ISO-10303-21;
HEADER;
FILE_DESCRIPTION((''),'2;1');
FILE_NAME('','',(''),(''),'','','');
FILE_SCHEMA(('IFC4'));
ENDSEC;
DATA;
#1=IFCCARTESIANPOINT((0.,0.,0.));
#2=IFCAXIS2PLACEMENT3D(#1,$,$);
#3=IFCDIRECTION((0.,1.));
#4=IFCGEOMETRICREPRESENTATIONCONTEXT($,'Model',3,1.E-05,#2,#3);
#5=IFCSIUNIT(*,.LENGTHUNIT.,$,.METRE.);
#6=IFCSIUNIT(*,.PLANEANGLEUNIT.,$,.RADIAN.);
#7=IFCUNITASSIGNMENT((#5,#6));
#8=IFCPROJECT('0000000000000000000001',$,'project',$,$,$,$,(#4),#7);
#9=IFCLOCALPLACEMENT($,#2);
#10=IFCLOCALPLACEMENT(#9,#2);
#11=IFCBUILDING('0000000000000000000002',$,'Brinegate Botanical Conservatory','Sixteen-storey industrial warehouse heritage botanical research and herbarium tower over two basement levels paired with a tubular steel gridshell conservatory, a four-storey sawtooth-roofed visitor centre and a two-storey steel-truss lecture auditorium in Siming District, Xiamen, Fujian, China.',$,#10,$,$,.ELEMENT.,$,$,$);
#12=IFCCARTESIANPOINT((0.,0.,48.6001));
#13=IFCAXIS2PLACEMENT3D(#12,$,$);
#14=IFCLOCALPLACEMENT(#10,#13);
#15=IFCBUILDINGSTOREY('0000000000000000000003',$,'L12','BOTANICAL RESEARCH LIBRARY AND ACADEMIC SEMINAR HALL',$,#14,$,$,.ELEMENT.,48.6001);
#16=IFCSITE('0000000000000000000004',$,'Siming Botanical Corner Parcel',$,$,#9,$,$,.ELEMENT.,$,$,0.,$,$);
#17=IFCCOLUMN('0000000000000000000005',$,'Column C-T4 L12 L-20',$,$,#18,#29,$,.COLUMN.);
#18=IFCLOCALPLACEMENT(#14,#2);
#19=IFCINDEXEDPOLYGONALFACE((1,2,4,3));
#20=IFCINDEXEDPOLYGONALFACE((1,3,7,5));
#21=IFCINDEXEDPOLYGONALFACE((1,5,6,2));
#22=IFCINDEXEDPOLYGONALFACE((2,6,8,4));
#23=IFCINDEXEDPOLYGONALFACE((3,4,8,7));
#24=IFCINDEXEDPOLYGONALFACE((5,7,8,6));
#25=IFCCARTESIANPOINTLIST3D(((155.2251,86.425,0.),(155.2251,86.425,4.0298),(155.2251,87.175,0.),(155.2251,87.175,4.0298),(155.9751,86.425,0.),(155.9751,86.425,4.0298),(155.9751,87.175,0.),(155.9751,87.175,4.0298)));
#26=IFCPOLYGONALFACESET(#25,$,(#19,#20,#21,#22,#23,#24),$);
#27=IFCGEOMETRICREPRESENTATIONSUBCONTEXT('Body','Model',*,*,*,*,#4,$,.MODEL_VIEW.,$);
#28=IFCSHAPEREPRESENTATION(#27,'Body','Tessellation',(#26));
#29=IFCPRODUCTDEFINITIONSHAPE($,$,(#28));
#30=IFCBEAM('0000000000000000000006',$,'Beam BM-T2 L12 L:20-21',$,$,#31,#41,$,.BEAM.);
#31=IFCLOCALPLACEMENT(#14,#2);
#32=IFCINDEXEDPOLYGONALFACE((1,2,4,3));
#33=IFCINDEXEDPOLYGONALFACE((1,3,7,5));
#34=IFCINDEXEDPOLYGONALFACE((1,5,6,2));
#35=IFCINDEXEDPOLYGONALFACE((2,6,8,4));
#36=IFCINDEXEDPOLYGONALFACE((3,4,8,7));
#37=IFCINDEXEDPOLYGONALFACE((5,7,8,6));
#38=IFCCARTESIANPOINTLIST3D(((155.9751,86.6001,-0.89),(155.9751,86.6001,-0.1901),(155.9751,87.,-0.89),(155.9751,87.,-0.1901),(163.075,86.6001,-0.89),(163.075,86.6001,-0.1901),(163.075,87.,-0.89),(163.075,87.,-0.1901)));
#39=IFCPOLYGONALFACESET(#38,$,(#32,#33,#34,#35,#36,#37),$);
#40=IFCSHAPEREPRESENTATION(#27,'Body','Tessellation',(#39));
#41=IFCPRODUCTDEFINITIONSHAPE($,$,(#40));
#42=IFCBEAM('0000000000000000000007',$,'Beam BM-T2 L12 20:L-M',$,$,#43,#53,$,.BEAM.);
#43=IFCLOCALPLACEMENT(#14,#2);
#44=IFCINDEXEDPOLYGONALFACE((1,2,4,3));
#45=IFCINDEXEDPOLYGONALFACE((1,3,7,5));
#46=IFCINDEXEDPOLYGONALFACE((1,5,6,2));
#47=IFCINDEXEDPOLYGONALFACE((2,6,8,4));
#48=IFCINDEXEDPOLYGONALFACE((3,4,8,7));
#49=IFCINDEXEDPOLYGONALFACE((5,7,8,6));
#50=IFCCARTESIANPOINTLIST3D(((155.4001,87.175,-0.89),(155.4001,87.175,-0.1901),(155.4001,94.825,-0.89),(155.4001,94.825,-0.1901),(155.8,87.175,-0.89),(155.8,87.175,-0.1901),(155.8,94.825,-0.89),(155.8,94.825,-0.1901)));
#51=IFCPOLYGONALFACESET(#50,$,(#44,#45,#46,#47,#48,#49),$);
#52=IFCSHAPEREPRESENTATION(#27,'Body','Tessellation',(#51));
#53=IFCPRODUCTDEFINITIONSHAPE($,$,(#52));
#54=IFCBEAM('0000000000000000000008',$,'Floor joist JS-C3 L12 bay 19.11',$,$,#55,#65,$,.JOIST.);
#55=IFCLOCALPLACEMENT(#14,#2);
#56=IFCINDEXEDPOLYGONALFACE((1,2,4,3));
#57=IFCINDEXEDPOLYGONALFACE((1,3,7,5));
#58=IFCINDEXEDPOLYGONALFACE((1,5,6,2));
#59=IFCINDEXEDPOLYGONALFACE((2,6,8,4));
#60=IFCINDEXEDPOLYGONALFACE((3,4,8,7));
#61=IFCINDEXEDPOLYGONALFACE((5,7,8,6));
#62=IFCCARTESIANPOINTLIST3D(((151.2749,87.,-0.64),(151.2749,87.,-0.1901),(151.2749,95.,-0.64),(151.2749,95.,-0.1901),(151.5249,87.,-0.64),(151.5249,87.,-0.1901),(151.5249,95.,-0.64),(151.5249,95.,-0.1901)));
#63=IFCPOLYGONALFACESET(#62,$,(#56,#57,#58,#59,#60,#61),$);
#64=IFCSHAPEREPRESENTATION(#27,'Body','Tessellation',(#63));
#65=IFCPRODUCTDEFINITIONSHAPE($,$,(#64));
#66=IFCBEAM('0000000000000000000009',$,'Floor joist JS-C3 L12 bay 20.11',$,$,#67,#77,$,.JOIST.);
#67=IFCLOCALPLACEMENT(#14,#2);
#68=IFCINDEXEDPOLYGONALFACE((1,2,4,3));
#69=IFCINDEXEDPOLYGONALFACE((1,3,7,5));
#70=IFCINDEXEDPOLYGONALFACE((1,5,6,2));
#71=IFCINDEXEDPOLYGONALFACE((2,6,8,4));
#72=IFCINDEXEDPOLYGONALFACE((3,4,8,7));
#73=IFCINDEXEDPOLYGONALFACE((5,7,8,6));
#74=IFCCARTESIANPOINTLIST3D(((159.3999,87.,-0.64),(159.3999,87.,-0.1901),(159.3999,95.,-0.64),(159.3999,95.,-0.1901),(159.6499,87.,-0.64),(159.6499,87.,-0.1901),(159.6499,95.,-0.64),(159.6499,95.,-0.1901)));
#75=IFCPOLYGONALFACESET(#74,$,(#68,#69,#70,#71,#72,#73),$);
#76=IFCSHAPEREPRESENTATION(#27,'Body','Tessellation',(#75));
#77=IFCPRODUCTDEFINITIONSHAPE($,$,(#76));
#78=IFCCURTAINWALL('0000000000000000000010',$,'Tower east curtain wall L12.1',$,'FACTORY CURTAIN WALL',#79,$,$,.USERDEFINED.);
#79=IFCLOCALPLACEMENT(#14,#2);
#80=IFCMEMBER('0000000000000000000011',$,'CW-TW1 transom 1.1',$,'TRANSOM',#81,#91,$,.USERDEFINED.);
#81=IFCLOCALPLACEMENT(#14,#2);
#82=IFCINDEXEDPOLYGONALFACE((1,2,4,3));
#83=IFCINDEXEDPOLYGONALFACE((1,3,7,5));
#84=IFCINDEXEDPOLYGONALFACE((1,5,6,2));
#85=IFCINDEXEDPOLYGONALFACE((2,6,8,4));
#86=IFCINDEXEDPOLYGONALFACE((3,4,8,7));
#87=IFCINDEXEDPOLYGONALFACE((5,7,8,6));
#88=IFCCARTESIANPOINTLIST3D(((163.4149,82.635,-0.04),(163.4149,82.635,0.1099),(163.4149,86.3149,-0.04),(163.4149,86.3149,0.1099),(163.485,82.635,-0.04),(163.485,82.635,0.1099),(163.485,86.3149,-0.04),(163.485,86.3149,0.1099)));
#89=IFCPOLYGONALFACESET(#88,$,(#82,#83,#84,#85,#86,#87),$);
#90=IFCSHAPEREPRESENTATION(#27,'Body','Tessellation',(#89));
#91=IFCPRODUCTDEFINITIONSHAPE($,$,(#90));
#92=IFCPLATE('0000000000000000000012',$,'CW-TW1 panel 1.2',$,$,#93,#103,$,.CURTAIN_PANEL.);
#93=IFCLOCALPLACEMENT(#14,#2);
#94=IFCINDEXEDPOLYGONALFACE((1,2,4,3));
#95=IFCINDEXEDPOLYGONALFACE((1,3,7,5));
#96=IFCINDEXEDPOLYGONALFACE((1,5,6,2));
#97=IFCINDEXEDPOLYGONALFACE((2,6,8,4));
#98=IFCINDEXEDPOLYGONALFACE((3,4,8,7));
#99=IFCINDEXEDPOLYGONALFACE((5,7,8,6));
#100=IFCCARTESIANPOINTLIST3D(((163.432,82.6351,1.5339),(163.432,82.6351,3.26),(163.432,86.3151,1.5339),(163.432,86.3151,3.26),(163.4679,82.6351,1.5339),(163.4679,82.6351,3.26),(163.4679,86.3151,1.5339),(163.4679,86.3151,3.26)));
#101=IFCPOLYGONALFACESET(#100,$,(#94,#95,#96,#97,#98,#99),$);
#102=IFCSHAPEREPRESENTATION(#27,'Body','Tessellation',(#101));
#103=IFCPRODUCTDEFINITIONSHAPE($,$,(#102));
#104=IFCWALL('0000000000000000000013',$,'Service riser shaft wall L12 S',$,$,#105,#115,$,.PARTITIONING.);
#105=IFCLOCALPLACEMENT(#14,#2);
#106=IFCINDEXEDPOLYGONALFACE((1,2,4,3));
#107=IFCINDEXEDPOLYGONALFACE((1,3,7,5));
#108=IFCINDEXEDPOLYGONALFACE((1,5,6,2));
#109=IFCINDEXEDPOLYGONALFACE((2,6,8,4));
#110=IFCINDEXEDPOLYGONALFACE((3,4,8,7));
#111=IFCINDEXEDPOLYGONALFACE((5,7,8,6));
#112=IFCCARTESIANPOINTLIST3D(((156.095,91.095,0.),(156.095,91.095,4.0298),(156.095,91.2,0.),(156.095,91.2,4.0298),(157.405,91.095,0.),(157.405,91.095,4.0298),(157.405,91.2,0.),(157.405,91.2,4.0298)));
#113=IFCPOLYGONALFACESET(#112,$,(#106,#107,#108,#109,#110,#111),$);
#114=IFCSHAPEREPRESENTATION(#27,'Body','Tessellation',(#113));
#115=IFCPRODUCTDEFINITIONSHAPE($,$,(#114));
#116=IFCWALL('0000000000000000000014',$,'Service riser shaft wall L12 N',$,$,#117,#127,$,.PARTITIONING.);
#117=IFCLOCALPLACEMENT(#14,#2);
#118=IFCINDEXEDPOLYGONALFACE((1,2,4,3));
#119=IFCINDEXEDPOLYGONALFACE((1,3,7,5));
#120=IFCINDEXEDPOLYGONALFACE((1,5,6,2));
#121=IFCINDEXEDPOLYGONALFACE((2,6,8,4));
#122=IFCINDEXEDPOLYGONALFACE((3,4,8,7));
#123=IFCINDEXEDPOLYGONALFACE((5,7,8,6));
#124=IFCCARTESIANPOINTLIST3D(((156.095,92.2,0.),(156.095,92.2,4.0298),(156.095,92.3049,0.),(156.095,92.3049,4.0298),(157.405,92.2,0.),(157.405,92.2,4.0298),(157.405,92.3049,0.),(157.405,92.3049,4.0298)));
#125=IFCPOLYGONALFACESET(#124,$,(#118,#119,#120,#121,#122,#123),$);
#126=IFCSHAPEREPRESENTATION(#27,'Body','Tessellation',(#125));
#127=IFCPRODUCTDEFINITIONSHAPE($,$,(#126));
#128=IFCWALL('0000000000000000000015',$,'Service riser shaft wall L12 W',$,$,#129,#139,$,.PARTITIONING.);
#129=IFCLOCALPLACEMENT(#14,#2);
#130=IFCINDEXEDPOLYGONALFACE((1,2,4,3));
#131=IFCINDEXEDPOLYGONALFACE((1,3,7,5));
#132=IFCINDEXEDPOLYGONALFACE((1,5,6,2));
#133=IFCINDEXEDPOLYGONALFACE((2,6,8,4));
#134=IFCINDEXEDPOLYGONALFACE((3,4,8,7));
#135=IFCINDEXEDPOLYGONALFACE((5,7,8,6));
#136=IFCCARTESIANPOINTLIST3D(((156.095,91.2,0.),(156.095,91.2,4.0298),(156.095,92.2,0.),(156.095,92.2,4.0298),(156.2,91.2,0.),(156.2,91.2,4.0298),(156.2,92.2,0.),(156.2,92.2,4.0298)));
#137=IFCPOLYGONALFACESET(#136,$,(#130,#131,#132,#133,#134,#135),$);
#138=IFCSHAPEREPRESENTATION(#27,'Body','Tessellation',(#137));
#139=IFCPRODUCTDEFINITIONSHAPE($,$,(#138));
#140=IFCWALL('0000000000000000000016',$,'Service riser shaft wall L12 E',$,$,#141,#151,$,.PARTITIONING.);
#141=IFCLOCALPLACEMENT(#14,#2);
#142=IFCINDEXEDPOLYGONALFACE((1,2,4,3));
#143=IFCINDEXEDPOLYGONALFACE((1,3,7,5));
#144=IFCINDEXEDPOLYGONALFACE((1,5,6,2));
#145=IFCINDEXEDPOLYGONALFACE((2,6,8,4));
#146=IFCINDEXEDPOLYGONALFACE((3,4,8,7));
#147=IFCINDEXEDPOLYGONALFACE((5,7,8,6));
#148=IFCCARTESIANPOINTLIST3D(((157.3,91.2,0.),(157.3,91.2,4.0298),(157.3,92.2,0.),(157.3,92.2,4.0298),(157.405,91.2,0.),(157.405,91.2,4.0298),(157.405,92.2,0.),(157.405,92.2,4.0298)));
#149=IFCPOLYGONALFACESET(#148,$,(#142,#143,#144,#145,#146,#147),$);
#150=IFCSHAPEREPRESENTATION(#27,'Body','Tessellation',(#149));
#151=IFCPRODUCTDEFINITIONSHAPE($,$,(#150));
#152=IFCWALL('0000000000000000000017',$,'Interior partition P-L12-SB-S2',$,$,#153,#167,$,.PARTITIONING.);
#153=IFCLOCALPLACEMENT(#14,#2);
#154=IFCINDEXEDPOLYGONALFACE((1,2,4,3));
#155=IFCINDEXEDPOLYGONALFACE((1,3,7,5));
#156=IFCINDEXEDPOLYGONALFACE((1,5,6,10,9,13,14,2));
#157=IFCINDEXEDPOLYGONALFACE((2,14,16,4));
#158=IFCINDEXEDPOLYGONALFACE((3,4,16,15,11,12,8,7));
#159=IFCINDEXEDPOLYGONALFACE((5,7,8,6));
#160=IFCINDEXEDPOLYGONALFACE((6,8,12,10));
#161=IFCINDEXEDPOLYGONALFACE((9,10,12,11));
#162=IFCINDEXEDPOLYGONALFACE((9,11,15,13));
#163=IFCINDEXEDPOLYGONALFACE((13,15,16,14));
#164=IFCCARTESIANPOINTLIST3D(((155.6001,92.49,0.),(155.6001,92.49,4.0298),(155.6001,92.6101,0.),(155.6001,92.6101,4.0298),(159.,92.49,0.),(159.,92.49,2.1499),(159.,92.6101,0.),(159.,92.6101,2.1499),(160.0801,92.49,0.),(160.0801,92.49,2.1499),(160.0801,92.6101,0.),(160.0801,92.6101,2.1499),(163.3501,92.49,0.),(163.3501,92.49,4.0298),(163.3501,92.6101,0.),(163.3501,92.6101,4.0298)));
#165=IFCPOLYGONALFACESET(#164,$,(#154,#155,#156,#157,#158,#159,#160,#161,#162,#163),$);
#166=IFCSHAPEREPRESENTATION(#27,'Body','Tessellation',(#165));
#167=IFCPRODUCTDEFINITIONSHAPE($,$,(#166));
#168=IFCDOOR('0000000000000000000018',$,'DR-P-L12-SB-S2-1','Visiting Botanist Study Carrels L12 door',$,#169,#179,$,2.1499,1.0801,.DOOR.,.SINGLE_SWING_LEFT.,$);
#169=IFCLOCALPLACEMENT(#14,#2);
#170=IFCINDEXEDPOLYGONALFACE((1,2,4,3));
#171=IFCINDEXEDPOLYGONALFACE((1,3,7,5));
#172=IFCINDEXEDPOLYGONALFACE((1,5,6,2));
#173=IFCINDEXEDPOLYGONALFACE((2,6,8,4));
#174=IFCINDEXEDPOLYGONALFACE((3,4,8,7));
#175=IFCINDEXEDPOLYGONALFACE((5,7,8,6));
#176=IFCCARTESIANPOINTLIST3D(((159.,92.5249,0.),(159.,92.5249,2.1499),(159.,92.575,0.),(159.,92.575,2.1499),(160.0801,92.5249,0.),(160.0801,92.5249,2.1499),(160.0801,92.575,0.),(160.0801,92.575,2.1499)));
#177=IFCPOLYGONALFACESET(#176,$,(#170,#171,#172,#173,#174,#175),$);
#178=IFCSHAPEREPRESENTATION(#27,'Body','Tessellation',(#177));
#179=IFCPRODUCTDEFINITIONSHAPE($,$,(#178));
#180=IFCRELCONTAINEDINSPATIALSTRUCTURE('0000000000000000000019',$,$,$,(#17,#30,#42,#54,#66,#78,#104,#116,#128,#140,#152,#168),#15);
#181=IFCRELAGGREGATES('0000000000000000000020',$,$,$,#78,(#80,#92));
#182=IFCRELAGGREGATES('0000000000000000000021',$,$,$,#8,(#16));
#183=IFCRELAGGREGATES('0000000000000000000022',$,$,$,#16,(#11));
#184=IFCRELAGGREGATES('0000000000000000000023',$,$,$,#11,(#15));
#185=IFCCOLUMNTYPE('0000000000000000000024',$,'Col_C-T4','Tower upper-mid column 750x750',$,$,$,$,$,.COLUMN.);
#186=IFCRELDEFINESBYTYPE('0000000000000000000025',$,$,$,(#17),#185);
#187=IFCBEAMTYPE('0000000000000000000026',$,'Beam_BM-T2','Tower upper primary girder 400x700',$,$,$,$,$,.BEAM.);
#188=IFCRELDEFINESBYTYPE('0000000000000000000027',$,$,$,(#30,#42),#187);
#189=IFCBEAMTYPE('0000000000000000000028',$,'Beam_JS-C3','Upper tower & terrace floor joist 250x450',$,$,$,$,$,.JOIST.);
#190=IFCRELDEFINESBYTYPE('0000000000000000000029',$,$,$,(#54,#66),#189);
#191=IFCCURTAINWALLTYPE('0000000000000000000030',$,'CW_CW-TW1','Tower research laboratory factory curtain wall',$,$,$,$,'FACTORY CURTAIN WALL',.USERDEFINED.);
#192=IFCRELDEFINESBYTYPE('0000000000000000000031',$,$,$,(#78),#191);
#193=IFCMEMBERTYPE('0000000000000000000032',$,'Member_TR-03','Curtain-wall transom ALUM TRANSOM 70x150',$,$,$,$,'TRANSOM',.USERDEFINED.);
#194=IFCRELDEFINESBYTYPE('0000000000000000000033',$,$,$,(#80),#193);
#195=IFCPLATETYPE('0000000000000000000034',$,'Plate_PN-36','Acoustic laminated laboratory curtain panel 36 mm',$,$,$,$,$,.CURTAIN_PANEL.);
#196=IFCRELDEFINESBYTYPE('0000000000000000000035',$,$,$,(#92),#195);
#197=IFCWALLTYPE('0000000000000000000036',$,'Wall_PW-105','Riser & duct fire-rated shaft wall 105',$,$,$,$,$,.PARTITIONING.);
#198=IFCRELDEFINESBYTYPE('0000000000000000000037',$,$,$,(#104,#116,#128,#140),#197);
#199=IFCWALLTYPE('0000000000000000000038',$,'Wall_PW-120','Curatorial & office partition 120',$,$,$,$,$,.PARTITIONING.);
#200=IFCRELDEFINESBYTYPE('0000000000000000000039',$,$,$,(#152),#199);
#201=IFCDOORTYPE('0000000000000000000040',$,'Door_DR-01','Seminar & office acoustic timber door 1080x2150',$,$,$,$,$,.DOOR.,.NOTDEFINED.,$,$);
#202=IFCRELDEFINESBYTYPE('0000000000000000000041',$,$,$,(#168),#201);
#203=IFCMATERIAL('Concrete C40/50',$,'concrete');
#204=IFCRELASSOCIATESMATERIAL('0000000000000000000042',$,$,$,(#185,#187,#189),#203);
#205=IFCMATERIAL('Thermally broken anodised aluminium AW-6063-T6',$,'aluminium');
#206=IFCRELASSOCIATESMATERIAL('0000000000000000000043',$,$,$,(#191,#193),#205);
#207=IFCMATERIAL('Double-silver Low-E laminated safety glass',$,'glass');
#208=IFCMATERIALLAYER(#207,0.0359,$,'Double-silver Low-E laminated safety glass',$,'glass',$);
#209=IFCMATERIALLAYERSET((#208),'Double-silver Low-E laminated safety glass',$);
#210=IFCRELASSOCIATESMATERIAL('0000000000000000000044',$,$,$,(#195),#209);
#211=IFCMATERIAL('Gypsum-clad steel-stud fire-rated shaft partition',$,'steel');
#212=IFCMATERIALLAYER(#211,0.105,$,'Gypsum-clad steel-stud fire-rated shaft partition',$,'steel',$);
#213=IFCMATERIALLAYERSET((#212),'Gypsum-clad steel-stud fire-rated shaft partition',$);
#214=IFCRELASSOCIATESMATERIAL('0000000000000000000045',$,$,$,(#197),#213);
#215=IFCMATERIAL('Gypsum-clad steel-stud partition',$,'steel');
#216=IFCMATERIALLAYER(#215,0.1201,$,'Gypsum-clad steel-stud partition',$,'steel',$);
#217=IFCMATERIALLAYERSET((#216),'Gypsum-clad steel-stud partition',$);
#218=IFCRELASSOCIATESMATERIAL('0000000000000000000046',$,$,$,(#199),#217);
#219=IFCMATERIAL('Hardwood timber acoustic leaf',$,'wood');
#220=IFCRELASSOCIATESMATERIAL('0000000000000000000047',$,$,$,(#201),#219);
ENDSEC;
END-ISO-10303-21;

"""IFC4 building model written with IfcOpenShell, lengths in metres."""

from ifc_helpers import new_model, si_unit, direction, frame, frame_2d, origin, origin_2d, place, context, subcontext, project, spatial, rectangle, extrude, material, layer, layer_set, material_profile, profile_set, type_object, element, fill, aggregate, save


model = new_model("IFC4")

# Units and contexts
model_context = context("Model", 3, precision=1e-05, world=origin(), true_north=direction((0.0, 1.0)))
body_context = subcontext(model_context, "Body", "Model", "MODEL_VIEW")
ifc_project = project(units=[si_unit("LENGTHUNIT", "METRE"), si_unit("PLANEANGLEUNIT", "RADIAN")], contexts=[model_context])

# Site, building, storey
site_placement = place(None, origin())
site = spatial("IfcSite", under=ifc_project, at=site_placement, Name="Siming Botanical Corner Parcel", CompositionType="ELEMENT", RefElevation=0.0)
building_placement = place(site_placement, origin())
building = spatial("IfcBuilding", under=site, at=building_placement, Name="Brinegate Botanical Conservatory", Description="Sixteen-storey industrial warehouse heritage botanical research and herbarium tower over two basement levels paired with a tubular steel gridshell conservatory, a four-storey sawtooth-roofed visitor centre and a two-storey steel-truss lecture auditorium in Siming District, Xiamen, Fujian, China.", CompositionType="ELEMENT")
storey_placement = place(building_placement, frame((0.0, 0.0, 48.6001)))
storey = spatial("IfcBuildingStorey", under=building, at=storey_placement, Name="L12", Description="BOTANICAL RESEARCH LIBRARY AND ACADEMIC SEMINAR HALL", CompositionType="ELEMENT", Elevation=48.6001)

# Column
ifc_material_1 = material(Name="Concrete C40/50", Category="concrete")
ifc_material_profile_1 = material_profile(ifc_material_1, rectangle(XDim=0.75, YDim=0.75, at=origin_2d()), Name="RC COL 750x750")
ifc_profile_set_1 = profile_set([ifc_material_profile_1], Name="Concrete C40/50")
column_type = type_object("IfcColumnType", Name="Col_C-T4", Description="Tower upper-mid column 750x750", PredefinedType="COLUMN", material=ifc_profile_set_1)
column_placement = place(storey_placement, frame((155.6001, 86.8, 0.0), z_axis=(0.0, 0.0, 1.0), x_axis=(1.0, 0.0, 0.0)))
element("IfcColumn", 1, at=column_placement, inside=storey, type_object=column_type, Name="Column C-T4 L12 L-20", PredefinedType="COLUMN", context=body_context, shape_type="SweptSolid", body=[
    extrude(rectangle(XDim=0.75, YDim=0.75, at=origin_2d()), origin(), (0.0, 0.0, 1.0), 4.0298),
])

# Beams
ifc_material_profile_2 = material_profile(ifc_material_1, rectangle(XDim=0.3999, YDim=0.7, at=origin_2d()), Name="RC BM 400x700")
ifc_profile_set_2 = profile_set([ifc_material_profile_2], Name="Concrete C40/50")
beam_type_1 = type_object("IfcBeamType", Name="Beam_BM-T2", Description="Tower upper primary girder 400x700", PredefinedType="BEAM", material=ifc_profile_set_2)
beam_1_placement = place(storey_placement, frame((155.9751, 86.8, -0.54), z_axis=(1.0, 0.0, 0.0), x_axis=(0.0, 1.0, 0.0)))
element("IfcBeam", 2, at=beam_1_placement, inside=storey, type_object=beam_type_1, Name="Beam BM-T2 L12 L:20-21", PredefinedType="BEAM", context=body_context, shape_type="SweptSolid", body=[
    extrude(rectangle(XDim=0.3999, YDim=0.7, at=origin_2d()), origin(), (0.0, 0.0, 1.0), 7.0999),
])
beam_2_placement = place(storey_placement, frame((155.6001, 87.175, -0.54), z_axis=(0.0, 1.0, 0.0), x_axis=(-1.0, 0.0, 0.0)))
element("IfcBeam", 3, at=beam_2_placement, inside=storey, type_object=beam_type_1, Name="Beam BM-T2 L12 20:L-M", PredefinedType="BEAM", context=body_context, shape_type="SweptSolid", body=[
    extrude(rectangle(XDim=0.3999, YDim=0.7, at=origin_2d()), origin(), (0.0, 0.0, 1.0), 7.6499),
])
ifc_material_profile_3 = material_profile(ifc_material_1, rectangle(XDim=0.25, YDim=0.45, at=origin_2d()), Name="RC JST 250x450")
ifc_profile_set_3 = profile_set([ifc_material_profile_3], Name="Concrete C40/50")
beam_type_2 = type_object("IfcBeamType", Name="Beam_JS-C3", Description="Upper tower & terrace floor joist 250x450", PredefinedType="JOIST", material=ifc_profile_set_3)
for number, where, z_axis, x_axis, name in (
    (4, (151.3999, 87.0, -0.415), (0.0, 1.0, 0.0), (-1.0, 0.0, 0.0), "Floor joist JS-C3 L12 bay 19.11"),
    (5, (159.5249, 87.0, -0.415), (0.0, 1.0, 0.0), (-1.0, 0.0, 0.0), "Floor joist JS-C3 L12 bay 20.11"),
):
    element("IfcBeam", number, at=place(storey_placement, frame(where, z_axis=z_axis, x_axis=x_axis)), inside=storey, type_object=beam_type_2, Name=name, PredefinedType="JOIST", context=body_context, shape_type="SweptSolid", body=[
        extrude(rectangle(XDim=0.25, YDim=0.45, at=origin_2d()), origin(), (0.0, 0.0, 1.0), 8.0),
    ])

# Curtain wall, member, plate
ifc_material_2 = material(Name="Thermally broken anodised aluminium AW-6063-T6", Category="aluminium")
curtain_wall_type = type_object("IfcCurtainWallType", Name="CW_CW-TW1", Description="Tower research laboratory factory curtain wall", ElementType="FACTORY CURTAIN WALL", PredefinedType="USERDEFINED", material=ifc_material_2)
curtain_wall_placement = place(storey_placement, origin())
curtain_wall = element("IfcCurtainWall", 6, at=curtain_wall_placement, inside=storey, type_object=curtain_wall_type, Name="Tower east curtain wall L12.1", ObjectType="FACTORY CURTAIN WALL", PredefinedType="USERDEFINED")
ifc_material_profile_4 = material_profile(ifc_material_2, rectangle(XDim=0.0701, YDim=0.1499, at=origin_2d()), Name="ALUM TRANSOM 70x150")
ifc_profile_set_4 = profile_set([ifc_material_profile_4], Name="Thermally broken anodised aluminium AW-6063-T6")
member_type = type_object("IfcMemberType", Name="Member_TR-03", Description="Curtain-wall transom ALUM TRANSOM 70x150", ElementType="TRANSOM", PredefinedType="USERDEFINED", material=ifc_profile_set_4)
member_placement = place(storey_placement, frame((163.45, 86.3149, 0.0349), z_axis=(0.0, -1.0, 0.0), x_axis=(1.0, 0.0, 0.0)))
member = element("IfcMember", 7, at=member_placement, type_object=member_type, Name="CW-TW1 transom 1.1", ObjectType="TRANSOM", PredefinedType="USERDEFINED", context=body_context, shape_type="SweptSolid", body=[
    extrude(rectangle(XDim=0.0701, YDim=0.1499, at=origin_2d()), origin(), (0.0, 0.0, 1.0), 3.6799),
])
ifc_material_3 = material(Name="Double-silver Low-E laminated safety glass", Category="glass")
ifc_layer_1 = layer(ifc_material_3, 0.0359, Name="Double-silver Low-E laminated safety glass", Category="glass")
ifc_layer_set_1 = layer_set([ifc_layer_1], Name="Double-silver Low-E laminated safety glass")
plate_type = type_object("IfcPlateType", Name="Plate_PN-36", Description="Acoustic laminated laboratory curtain panel 36 mm", PredefinedType="CURTAIN_PANEL", material=ifc_layer_set_1)
plate_placement = place(storey_placement, frame((163.45, 84.4751, 1.5339), z_axis=(0.0, 0.0, 1.0), x_axis=(0.0, -1.0, 0.0)))
plate = element("IfcPlate", 8, at=plate_placement, type_object=plate_type, Name="CW-TW1 panel 1.2", PredefinedType="CURTAIN_PANEL", context=body_context, shape_type="SweptSolid", body=[
    extrude(rectangle(XDim=3.6799, YDim=0.0359, at=origin_2d()), origin(), (0.0, 0.0, 1.0), 1.7261),
])
aggregate(curtain_wall, [member, plate])

# Walls
ifc_material_4 = material(Name="Gypsum-clad steel-stud fire-rated shaft partition", Category="steel")
ifc_layer_2 = layer(ifc_material_4, 0.105, Name="Gypsum-clad steel-stud fire-rated shaft partition", Category="steel")
ifc_layer_set_2 = layer_set([ifc_layer_2], Name="Gypsum-clad steel-stud fire-rated shaft partition")
wall_type_1 = type_object("IfcWallType", Name="Wall_PW-105", Description="Riser & duct fire-rated shaft wall 105", PredefinedType="PARTITIONING", material=ifc_layer_set_2)
for number, where, z_axis, x_axis, name in (
    (9, (156.095, 91.1475, 0.0), (0.0, 0.0, 1.0), (1.0, 0.0, 0.0), "Service riser shaft wall L12 S"),
    (10, (156.095, 92.2524, 0.0), (0.0, 0.0, 1.0), (1.0, 0.0, 0.0), "Service riser shaft wall L12 N"),
):
    element("IfcWall", number, at=place(storey_placement, frame(where, z_axis=z_axis, x_axis=x_axis)), inside=storey, type_object=wall_type_1, Name=name, PredefinedType="PARTITIONING", context=body_context, shape_type="SweptSolid", body=[
        extrude(rectangle(XDim=1.3101, YDim=0.105, at=frame_2d((0.655, 0.0))), origin(), (0.0, 0.0, 1.0), 4.0298),
    ])
for number, where, z_axis, x_axis, name in (
    (11, (156.1475, 91.2, 0.0), (0.0, 0.0, 1.0), (0.0, 1.0, 0.0), "Service riser shaft wall L12 W"),
    (12, (157.3525, 91.2, 0.0), (0.0, 0.0, 1.0), (0.0, 1.0, 0.0), "Service riser shaft wall L12 E"),
):
    element("IfcWall", number, at=place(storey_placement, frame(where, z_axis=z_axis, x_axis=x_axis)), inside=storey, type_object=wall_type_1, Name=name, PredefinedType="PARTITIONING", context=body_context, shape_type="SweptSolid", body=[
        extrude(rectangle(XDim=1.0, YDim=0.105, at=frame_2d((0.5, 0.0))), origin(), (0.0, 0.0, 1.0), 4.0298),
    ])

# Wall, opening, door
ifc_material_5 = material(Name="Gypsum-clad steel-stud partition", Category="steel")
ifc_layer_3 = layer(ifc_material_5, 0.1201, Name="Gypsum-clad steel-stud partition", Category="steel")
ifc_layer_set_3 = layer_set([ifc_layer_3], Name="Gypsum-clad steel-stud partition")
wall_type_2 = type_object("IfcWallType", Name="Wall_PW-120", Description="Curatorial & office partition 120", PredefinedType="PARTITIONING", material=ifc_layer_set_3)
wall_1_placement = place(storey_placement, frame((155.6001, 92.55, 0.0), z_axis=(0.0, 0.0, 1.0), x_axis=(1.0, 0.0, 0.0)))
wall_1 = element("IfcWall", 13, at=wall_1_placement, inside=storey, type_object=wall_type_2, Name="Interior partition P-L12-SB-S2", PredefinedType="PARTITIONING", context=body_context, shape_type="SweptSolid", body=[
    extrude(rectangle(XDim=7.75, YDim=0.1201, at=frame_2d((3.875, 0.0))), origin(), (0.0, 0.0, 1.0), 4.0298),
])
opening_1_placement = place(wall_1_placement, frame((3.3999, 0.0, 0.0)))
opening_1 = element("IfcOpeningElement", 14, at=opening_1_placement, cuts=wall_1, PredefinedType="OPENING", context=body_context, shape_type="SweptSolid", body=[
    extrude(rectangle(XDim=1.0801, YDim=2.1499, at=frame_2d((0.54, 1.075))), frame((0.0, 0.0701, 0.0), z_axis=(0.0, -1.0, 0.0), x_axis=(1.0, 0.0, 0.0)), (0.0, 0.0, 1.0), 0.1401),
])
ifc_material_6 = material(Name="Hardwood timber acoustic leaf", Category="wood")
door_type_1 = type_object("IfcDoorType", Name="Door_DR-01", Description="Seminar & office acoustic timber door 1080x2150", OperationType="NOTDEFINED", PredefinedType="DOOR", material=ifc_material_6)
door_1_placement = place(opening_1_placement, origin())
door_1 = element("IfcDoor", 15, at=door_1_placement, inside=storey, type_object=door_type_1, Name="DR-P-L12-SB-S2-1", Description="Visiting Botanist Study Carrels L12 door", OperationType="SINGLE_SWING_LEFT", OverallHeight=2.1499, OverallWidth=1.0801, PredefinedType="DOOR", context=body_context, shape_type="SweptSolid", body=[
    extrude(rectangle(XDim=1.0801, YDim=2.1499, at=frame_2d((0.54, 1.075))), frame((0.0, 0.0249, 0.0), z_axis=(0.0, -1.0, 0.0), x_axis=(1.0, 0.0, 0.0)), (0.0, 0.0, 1.0), 0.05),
])
fill(opening_1, door_1)

save(model, "model.ifc")
